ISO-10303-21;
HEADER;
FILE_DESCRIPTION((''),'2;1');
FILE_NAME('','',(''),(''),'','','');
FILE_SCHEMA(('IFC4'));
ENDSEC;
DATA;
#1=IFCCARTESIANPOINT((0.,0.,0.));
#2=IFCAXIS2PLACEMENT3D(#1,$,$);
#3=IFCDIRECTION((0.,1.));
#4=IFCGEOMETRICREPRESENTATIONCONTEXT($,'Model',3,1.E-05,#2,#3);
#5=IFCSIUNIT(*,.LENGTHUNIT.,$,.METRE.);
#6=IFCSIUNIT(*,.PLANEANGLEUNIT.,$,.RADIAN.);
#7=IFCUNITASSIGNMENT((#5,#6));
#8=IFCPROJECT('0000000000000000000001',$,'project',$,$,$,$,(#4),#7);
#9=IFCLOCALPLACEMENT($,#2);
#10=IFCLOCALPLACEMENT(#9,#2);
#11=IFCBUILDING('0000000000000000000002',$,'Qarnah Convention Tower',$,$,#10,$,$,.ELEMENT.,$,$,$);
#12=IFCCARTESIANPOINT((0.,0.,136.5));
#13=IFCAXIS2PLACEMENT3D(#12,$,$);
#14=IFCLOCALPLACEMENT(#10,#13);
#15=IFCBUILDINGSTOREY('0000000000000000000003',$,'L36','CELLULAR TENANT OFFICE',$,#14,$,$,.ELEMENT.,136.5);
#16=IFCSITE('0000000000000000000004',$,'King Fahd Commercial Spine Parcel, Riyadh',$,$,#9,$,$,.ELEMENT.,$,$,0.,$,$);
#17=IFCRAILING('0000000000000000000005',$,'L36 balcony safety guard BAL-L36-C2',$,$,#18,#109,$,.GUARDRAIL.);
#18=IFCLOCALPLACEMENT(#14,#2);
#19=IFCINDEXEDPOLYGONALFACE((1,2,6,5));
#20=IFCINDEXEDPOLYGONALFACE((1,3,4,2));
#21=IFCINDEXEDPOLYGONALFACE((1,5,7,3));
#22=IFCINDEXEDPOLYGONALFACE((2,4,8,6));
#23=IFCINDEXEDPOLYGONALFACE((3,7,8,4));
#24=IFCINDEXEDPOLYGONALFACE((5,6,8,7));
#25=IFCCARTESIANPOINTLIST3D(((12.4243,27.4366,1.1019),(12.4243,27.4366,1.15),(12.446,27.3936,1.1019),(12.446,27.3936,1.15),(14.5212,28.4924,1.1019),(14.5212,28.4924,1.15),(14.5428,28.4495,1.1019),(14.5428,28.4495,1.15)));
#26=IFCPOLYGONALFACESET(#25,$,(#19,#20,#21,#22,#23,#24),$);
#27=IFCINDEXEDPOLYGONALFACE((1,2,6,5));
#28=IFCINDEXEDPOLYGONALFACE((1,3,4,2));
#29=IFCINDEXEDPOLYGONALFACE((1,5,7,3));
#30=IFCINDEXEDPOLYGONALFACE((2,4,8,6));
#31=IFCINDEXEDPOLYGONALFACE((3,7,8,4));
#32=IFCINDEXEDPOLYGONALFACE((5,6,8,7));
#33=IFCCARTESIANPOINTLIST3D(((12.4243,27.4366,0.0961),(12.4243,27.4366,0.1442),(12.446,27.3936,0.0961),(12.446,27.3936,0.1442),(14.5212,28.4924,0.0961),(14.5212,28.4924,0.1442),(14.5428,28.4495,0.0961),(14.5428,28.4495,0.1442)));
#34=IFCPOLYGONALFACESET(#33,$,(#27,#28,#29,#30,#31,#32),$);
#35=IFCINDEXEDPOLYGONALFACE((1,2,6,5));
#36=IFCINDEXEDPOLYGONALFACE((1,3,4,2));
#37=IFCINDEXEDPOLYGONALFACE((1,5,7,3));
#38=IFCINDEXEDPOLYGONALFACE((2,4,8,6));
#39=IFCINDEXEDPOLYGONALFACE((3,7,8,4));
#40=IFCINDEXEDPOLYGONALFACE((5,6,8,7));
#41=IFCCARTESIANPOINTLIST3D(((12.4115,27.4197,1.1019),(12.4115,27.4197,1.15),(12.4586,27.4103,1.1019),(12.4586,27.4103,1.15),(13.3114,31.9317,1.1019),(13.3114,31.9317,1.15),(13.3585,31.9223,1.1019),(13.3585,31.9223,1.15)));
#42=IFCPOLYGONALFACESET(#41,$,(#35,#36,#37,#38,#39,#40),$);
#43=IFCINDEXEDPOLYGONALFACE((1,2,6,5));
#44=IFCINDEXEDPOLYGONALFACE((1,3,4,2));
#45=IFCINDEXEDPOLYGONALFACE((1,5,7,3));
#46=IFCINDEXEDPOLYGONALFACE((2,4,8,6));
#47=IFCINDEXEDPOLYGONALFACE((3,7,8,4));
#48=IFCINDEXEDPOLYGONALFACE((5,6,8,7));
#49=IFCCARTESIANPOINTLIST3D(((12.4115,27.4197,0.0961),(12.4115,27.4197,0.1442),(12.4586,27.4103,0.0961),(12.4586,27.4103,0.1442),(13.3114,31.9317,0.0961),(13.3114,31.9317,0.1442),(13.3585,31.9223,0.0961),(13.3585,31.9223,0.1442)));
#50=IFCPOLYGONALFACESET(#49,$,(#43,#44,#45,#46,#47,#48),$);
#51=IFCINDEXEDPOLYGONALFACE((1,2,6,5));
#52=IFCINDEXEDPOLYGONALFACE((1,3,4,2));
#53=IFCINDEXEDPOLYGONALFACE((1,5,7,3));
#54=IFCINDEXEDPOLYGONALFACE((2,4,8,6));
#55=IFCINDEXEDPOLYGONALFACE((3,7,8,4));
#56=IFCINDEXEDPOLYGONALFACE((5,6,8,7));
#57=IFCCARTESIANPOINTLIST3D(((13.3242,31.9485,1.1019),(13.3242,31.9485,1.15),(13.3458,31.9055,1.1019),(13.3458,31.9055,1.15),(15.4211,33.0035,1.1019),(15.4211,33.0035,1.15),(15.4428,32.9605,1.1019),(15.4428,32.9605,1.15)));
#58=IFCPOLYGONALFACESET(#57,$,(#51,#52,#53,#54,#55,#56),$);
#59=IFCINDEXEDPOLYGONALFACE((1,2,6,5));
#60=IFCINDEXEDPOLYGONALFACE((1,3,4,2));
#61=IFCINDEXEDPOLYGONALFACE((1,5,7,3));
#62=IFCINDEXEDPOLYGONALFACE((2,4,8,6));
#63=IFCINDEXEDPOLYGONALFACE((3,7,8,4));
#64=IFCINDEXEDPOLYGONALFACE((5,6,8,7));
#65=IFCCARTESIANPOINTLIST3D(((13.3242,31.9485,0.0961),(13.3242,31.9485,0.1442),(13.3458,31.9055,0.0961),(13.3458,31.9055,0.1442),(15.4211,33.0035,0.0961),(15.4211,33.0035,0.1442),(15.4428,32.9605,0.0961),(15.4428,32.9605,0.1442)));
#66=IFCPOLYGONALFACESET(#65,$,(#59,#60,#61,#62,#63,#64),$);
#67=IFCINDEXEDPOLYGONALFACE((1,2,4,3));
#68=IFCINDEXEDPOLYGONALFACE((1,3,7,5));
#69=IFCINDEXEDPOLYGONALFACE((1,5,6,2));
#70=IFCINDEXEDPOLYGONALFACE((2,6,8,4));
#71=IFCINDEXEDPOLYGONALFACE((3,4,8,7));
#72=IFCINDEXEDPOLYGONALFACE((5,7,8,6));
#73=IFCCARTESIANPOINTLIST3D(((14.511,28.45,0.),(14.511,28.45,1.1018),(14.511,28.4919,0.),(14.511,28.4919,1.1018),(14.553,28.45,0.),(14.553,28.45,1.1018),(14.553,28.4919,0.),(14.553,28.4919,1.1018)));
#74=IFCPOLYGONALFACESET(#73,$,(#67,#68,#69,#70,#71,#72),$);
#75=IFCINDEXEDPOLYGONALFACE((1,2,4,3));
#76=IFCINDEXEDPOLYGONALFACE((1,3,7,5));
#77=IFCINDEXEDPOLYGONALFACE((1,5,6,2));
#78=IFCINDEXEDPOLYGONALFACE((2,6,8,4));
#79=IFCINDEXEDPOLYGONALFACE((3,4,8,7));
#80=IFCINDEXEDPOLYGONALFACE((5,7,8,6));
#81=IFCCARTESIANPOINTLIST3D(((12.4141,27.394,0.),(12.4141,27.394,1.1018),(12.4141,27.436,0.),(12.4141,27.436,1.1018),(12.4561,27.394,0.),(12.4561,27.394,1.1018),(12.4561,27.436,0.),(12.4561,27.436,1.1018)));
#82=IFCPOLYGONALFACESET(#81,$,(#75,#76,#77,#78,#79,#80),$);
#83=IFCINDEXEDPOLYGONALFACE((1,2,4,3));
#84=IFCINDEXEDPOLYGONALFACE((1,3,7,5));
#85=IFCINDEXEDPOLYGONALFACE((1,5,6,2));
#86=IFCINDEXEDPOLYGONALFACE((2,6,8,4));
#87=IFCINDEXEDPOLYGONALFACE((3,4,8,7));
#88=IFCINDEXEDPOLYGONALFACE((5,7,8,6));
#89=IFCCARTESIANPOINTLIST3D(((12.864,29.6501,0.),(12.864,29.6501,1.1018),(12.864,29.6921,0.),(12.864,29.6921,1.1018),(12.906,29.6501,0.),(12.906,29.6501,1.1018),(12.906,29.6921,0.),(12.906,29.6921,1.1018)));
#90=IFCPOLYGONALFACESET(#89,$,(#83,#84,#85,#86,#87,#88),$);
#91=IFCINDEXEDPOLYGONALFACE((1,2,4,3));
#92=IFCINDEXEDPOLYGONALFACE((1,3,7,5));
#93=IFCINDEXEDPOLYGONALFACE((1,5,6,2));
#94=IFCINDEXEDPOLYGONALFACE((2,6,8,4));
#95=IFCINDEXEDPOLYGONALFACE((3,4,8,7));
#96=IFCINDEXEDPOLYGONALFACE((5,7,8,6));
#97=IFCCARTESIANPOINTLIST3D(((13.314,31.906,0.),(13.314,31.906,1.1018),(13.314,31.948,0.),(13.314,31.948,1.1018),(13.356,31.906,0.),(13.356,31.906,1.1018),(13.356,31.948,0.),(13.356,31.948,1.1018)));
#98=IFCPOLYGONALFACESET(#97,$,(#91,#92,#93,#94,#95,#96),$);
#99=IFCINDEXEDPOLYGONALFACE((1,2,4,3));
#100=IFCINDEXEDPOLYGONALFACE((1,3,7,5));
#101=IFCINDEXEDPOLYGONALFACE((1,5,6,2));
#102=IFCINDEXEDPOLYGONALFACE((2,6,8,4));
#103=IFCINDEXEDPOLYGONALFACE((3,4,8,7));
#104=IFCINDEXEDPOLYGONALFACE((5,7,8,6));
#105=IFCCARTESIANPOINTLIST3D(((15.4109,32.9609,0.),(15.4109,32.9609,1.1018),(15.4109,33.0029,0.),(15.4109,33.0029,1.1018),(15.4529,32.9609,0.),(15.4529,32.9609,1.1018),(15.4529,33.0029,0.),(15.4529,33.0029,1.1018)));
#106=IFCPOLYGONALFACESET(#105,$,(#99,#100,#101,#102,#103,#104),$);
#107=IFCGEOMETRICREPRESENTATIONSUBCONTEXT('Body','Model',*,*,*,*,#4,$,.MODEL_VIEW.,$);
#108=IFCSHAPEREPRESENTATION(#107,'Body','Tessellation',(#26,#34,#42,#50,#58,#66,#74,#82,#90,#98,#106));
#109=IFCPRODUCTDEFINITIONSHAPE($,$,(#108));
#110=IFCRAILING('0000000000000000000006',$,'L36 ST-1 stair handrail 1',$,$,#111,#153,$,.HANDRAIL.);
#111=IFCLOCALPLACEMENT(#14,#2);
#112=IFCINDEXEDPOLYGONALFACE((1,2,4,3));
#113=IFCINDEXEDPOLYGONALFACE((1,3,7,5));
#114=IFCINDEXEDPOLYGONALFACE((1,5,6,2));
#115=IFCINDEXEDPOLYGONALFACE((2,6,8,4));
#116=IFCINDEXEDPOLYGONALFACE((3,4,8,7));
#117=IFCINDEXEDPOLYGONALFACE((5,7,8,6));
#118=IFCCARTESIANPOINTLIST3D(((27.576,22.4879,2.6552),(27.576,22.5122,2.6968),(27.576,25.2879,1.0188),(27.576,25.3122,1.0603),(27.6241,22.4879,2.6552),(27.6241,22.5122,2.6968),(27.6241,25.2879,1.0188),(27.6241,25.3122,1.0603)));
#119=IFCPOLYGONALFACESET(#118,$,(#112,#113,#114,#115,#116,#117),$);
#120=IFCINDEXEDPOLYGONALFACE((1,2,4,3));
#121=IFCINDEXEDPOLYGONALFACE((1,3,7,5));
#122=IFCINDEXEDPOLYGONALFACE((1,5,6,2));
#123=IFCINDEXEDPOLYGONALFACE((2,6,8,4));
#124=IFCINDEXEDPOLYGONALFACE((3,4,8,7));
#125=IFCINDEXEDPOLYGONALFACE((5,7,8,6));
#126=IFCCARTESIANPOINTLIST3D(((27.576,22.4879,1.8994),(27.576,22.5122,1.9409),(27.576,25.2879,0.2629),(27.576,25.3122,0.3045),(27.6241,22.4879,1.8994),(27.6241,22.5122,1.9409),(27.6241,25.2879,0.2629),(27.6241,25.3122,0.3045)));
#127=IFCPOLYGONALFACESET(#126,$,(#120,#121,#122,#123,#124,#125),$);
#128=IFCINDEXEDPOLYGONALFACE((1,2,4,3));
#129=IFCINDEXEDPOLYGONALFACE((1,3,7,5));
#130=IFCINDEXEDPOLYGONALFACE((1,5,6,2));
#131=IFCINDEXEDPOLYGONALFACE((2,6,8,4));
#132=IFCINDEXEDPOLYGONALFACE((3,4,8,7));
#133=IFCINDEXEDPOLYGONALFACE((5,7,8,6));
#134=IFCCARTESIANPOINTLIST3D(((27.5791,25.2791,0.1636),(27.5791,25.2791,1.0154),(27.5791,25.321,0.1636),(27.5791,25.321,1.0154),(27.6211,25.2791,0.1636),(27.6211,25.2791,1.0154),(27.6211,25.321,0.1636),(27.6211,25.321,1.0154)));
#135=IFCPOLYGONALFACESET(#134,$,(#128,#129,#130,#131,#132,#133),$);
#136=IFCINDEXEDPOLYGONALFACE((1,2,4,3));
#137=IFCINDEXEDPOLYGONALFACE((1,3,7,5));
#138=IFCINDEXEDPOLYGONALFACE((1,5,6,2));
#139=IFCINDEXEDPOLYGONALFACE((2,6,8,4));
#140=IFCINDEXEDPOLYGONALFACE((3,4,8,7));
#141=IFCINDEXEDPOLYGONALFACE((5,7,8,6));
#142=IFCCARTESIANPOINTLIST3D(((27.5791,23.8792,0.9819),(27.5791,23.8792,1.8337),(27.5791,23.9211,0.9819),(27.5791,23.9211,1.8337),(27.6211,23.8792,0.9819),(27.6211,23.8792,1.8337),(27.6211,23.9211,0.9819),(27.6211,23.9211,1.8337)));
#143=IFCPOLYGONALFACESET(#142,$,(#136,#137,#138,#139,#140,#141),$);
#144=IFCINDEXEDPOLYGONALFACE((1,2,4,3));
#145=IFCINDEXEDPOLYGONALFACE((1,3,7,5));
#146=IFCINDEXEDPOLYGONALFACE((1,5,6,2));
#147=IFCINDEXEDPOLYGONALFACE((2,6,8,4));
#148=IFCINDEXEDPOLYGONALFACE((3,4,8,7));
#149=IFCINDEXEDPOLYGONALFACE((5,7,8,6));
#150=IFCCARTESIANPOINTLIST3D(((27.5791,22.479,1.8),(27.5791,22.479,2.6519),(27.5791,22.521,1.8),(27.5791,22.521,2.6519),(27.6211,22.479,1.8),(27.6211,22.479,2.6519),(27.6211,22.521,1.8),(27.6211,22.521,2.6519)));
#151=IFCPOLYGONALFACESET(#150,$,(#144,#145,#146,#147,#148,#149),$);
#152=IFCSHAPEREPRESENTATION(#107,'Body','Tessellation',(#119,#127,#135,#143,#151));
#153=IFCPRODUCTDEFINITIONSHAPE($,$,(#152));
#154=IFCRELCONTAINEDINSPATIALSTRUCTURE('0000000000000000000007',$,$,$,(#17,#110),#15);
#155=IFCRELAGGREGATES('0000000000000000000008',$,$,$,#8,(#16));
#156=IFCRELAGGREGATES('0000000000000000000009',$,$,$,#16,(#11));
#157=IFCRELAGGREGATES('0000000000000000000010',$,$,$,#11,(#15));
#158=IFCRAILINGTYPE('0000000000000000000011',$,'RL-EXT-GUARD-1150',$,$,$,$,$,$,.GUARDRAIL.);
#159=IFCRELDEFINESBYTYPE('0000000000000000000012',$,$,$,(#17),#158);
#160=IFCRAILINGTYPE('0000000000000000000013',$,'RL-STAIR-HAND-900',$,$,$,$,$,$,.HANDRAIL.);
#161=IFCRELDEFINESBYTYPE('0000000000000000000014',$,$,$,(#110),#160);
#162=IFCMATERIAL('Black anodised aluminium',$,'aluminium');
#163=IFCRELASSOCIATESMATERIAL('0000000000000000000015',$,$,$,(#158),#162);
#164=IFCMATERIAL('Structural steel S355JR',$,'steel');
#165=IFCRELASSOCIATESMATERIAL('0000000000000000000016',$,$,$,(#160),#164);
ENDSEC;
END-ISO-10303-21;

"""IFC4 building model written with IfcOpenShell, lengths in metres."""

from ifc_helpers import new_model, si_unit, direction, frame, origin, origin_2d, place, context, subcontext, project, spatial, rectangle, extrude, material, type_object, element, save


model = new_model("IFC4")

# Units and contexts
model_context = context("Model", 3, precision=1e-05, world=origin(), true_north=direction((0.0, 1.0)))
body_context = subcontext(model_context, "Body", "Model", "MODEL_VIEW")
ifc_project = project(units=[si_unit("LENGTHUNIT", "METRE"), si_unit("PLANEANGLEUNIT", "RADIAN")], contexts=[model_context])

# Site, building, storey
site_placement = place(None, origin())
site = spatial("IfcSite", under=ifc_project, at=site_placement, Name="King Fahd Commercial Spine Parcel, Riyadh", CompositionType="ELEMENT", RefElevation=0.0)
building_placement = place(site_placement, origin())
building = spatial("IfcBuilding", under=site, at=building_placement, Name="Qarnah Convention Tower", CompositionType="ELEMENT")
storey_placement = place(building_placement, frame((0.0, 0.0, 136.5)))
storey = spatial("IfcBuildingStorey", under=building, at=storey_placement, Name="L36", Description="CELLULAR TENANT OFFICE", CompositionType="ELEMENT", Elevation=136.5)

# Shared definitions
ifc_material_1 = material(Name="Structural steel S355JR", Category="steel")

# Shared definitions
ifc_material_2 = material(Name="Black anodised aluminium", Category="aluminium")

# Railings
railing_type_1 = type_object("IfcRailingType", Name="RL-EXT-GUARD-1150", PredefinedType="GUARDRAIL", material=ifc_material_2)
railing_1_placement = place(storey_placement, frame((14.532, 28.4709, 0.0)))
element("IfcRailing", 1, at=railing_1_placement, inside=storey, type_object=railing_type_1, Name="L36 balcony safety guard BAL-L36-C2", PredefinedType="GUARDRAIL", context=body_context, shape_type="SweptSolid", body=[
    extrude(rectangle(XDim=0.0481, YDim=0.0481, at=origin_2d()), frame((0.0, 0.0, 1.126), z_axis=(-0.893155, -0.449749, 0.0), x_axis=(0.449749, -0.893155, 0.0)), (0.0, 0.0, 1.0), 2.3477),
    extrude(rectangle(XDim=0.0481, YDim=0.0481, at=origin_2d()), frame((0.0, 0.0, 0.1201), z_axis=(-0.893155, -0.449749, 0.0), x_axis=(0.449749, -0.893155, 0.0)), (0.0, 0.0, 1.0), 2.3477),
    extrude(rectangle(XDim=0.0481, YDim=0.0481, at=origin_2d()), frame((-2.0969, -1.0559, 1.126), z_axis=(0.195596, 0.980685, 0.0), x_axis=(-0.980685, 0.195596, 0.0)), (0.0, 0.0, 1.0), 4.6008),
    extrude(rectangle(XDim=0.0481, YDim=0.0481, at=origin_2d()), frame((-2.0969, -1.0559, 0.1201), z_axis=(0.195596, 0.980685, 0.0), x_axis=(-0.980685, 0.195596, 0.0)), (0.0, 0.0, 1.0), 4.6008),
    extrude(rectangle(XDim=0.0481, YDim=0.0481, at=origin_2d()), frame((-1.197, 3.4561, 1.126), z_axis=(0.893322, 0.449417, 0.0), x_axis=(-0.449417, 0.893322, 0.0)), (0.0, 0.0, 1.0), 2.3474),
    extrude(rectangle(XDim=0.0481, YDim=0.0481, at=origin_2d()), frame((-1.197, 3.4561, 0.1201), z_axis=(0.893322, 0.449417, 0.0), x_axis=(-0.449417, 0.893322, 0.0)), (0.0, 0.0, 1.0), 2.3474),
    extrude(rectangle(XDim=0.042, YDim=0.042, at=origin_2d()), origin(), (0.0, 0.0, 1.0), 1.1018),
    extrude(rectangle(XDim=0.042, YDim=0.042, at=origin_2d()), frame((-2.0969, -1.0559, 0.0)), (0.0, 0.0, 1.0), 1.1018),
    extrude(rectangle(XDim=0.042, YDim=0.042, at=origin_2d()), frame((-1.647, 1.2002, 0.0)), (0.0, 0.0, 1.0), 1.1018),
    extrude(rectangle(XDim=0.042, YDim=0.042, at=origin_2d()), frame((-1.197, 3.4561, 0.0)), (0.0, 0.0, 1.0), 1.1018),
    extrude(rectangle(XDim=0.042, YDim=0.042, at=origin_2d()), frame((0.8999, 4.511, 0.0)), (0.0, 0.0, 1.0), 1.1018),
])
railing_type_2 = type_object("IfcRailingType", Name="RL-STAIR-HAND-900", PredefinedType="HANDRAIL", material=ifc_material_1)
railing_2_placement = place(storey_placement, frame((27.6001, 25.3, 0.1636)))
element("IfcRailing", 2, at=railing_2_placement, inside=storey, type_object=railing_type_2, Name="L36 ST-1 stair handrail 1", PredefinedType="HANDRAIL", context=body_context, shape_type="SweptSolid", body=[
    extrude(rectangle(XDim=0.0481, YDim=0.0481, at=origin_2d()), frame((0.0, 0.0, 0.876), z_axis=(0.0, -0.863361, 0.504587), x_axis=(1.0, 0.0, 0.0)), (0.0, 0.0, 1.0), 3.2432),
    extrude(rectangle(XDim=0.0481, YDim=0.0481, at=origin_2d()), frame((0.0, 0.0, 0.1201), z_axis=(0.0, -0.863361, 0.504587), x_axis=(1.0, 0.0, 0.0)), (0.0, 0.0, 1.0), 3.2432),
    extrude(rectangle(XDim=0.042, YDim=0.042, at=origin_2d()), origin(), (0.0, 0.0, 1.0), 0.8518),
    extrude(rectangle(XDim=0.042, YDim=0.042, at=origin_2d()), frame((0.0, -1.3999, 0.8184)), (0.0, 0.0, 1.0), 0.8518),
    extrude(rectangle(XDim=0.042, YDim=0.042, at=origin_2d()), frame((0.0, -2.8, 1.6365)), (0.0, 0.0, 1.0), 0.8518),
])

save(model, "model.ifc")
